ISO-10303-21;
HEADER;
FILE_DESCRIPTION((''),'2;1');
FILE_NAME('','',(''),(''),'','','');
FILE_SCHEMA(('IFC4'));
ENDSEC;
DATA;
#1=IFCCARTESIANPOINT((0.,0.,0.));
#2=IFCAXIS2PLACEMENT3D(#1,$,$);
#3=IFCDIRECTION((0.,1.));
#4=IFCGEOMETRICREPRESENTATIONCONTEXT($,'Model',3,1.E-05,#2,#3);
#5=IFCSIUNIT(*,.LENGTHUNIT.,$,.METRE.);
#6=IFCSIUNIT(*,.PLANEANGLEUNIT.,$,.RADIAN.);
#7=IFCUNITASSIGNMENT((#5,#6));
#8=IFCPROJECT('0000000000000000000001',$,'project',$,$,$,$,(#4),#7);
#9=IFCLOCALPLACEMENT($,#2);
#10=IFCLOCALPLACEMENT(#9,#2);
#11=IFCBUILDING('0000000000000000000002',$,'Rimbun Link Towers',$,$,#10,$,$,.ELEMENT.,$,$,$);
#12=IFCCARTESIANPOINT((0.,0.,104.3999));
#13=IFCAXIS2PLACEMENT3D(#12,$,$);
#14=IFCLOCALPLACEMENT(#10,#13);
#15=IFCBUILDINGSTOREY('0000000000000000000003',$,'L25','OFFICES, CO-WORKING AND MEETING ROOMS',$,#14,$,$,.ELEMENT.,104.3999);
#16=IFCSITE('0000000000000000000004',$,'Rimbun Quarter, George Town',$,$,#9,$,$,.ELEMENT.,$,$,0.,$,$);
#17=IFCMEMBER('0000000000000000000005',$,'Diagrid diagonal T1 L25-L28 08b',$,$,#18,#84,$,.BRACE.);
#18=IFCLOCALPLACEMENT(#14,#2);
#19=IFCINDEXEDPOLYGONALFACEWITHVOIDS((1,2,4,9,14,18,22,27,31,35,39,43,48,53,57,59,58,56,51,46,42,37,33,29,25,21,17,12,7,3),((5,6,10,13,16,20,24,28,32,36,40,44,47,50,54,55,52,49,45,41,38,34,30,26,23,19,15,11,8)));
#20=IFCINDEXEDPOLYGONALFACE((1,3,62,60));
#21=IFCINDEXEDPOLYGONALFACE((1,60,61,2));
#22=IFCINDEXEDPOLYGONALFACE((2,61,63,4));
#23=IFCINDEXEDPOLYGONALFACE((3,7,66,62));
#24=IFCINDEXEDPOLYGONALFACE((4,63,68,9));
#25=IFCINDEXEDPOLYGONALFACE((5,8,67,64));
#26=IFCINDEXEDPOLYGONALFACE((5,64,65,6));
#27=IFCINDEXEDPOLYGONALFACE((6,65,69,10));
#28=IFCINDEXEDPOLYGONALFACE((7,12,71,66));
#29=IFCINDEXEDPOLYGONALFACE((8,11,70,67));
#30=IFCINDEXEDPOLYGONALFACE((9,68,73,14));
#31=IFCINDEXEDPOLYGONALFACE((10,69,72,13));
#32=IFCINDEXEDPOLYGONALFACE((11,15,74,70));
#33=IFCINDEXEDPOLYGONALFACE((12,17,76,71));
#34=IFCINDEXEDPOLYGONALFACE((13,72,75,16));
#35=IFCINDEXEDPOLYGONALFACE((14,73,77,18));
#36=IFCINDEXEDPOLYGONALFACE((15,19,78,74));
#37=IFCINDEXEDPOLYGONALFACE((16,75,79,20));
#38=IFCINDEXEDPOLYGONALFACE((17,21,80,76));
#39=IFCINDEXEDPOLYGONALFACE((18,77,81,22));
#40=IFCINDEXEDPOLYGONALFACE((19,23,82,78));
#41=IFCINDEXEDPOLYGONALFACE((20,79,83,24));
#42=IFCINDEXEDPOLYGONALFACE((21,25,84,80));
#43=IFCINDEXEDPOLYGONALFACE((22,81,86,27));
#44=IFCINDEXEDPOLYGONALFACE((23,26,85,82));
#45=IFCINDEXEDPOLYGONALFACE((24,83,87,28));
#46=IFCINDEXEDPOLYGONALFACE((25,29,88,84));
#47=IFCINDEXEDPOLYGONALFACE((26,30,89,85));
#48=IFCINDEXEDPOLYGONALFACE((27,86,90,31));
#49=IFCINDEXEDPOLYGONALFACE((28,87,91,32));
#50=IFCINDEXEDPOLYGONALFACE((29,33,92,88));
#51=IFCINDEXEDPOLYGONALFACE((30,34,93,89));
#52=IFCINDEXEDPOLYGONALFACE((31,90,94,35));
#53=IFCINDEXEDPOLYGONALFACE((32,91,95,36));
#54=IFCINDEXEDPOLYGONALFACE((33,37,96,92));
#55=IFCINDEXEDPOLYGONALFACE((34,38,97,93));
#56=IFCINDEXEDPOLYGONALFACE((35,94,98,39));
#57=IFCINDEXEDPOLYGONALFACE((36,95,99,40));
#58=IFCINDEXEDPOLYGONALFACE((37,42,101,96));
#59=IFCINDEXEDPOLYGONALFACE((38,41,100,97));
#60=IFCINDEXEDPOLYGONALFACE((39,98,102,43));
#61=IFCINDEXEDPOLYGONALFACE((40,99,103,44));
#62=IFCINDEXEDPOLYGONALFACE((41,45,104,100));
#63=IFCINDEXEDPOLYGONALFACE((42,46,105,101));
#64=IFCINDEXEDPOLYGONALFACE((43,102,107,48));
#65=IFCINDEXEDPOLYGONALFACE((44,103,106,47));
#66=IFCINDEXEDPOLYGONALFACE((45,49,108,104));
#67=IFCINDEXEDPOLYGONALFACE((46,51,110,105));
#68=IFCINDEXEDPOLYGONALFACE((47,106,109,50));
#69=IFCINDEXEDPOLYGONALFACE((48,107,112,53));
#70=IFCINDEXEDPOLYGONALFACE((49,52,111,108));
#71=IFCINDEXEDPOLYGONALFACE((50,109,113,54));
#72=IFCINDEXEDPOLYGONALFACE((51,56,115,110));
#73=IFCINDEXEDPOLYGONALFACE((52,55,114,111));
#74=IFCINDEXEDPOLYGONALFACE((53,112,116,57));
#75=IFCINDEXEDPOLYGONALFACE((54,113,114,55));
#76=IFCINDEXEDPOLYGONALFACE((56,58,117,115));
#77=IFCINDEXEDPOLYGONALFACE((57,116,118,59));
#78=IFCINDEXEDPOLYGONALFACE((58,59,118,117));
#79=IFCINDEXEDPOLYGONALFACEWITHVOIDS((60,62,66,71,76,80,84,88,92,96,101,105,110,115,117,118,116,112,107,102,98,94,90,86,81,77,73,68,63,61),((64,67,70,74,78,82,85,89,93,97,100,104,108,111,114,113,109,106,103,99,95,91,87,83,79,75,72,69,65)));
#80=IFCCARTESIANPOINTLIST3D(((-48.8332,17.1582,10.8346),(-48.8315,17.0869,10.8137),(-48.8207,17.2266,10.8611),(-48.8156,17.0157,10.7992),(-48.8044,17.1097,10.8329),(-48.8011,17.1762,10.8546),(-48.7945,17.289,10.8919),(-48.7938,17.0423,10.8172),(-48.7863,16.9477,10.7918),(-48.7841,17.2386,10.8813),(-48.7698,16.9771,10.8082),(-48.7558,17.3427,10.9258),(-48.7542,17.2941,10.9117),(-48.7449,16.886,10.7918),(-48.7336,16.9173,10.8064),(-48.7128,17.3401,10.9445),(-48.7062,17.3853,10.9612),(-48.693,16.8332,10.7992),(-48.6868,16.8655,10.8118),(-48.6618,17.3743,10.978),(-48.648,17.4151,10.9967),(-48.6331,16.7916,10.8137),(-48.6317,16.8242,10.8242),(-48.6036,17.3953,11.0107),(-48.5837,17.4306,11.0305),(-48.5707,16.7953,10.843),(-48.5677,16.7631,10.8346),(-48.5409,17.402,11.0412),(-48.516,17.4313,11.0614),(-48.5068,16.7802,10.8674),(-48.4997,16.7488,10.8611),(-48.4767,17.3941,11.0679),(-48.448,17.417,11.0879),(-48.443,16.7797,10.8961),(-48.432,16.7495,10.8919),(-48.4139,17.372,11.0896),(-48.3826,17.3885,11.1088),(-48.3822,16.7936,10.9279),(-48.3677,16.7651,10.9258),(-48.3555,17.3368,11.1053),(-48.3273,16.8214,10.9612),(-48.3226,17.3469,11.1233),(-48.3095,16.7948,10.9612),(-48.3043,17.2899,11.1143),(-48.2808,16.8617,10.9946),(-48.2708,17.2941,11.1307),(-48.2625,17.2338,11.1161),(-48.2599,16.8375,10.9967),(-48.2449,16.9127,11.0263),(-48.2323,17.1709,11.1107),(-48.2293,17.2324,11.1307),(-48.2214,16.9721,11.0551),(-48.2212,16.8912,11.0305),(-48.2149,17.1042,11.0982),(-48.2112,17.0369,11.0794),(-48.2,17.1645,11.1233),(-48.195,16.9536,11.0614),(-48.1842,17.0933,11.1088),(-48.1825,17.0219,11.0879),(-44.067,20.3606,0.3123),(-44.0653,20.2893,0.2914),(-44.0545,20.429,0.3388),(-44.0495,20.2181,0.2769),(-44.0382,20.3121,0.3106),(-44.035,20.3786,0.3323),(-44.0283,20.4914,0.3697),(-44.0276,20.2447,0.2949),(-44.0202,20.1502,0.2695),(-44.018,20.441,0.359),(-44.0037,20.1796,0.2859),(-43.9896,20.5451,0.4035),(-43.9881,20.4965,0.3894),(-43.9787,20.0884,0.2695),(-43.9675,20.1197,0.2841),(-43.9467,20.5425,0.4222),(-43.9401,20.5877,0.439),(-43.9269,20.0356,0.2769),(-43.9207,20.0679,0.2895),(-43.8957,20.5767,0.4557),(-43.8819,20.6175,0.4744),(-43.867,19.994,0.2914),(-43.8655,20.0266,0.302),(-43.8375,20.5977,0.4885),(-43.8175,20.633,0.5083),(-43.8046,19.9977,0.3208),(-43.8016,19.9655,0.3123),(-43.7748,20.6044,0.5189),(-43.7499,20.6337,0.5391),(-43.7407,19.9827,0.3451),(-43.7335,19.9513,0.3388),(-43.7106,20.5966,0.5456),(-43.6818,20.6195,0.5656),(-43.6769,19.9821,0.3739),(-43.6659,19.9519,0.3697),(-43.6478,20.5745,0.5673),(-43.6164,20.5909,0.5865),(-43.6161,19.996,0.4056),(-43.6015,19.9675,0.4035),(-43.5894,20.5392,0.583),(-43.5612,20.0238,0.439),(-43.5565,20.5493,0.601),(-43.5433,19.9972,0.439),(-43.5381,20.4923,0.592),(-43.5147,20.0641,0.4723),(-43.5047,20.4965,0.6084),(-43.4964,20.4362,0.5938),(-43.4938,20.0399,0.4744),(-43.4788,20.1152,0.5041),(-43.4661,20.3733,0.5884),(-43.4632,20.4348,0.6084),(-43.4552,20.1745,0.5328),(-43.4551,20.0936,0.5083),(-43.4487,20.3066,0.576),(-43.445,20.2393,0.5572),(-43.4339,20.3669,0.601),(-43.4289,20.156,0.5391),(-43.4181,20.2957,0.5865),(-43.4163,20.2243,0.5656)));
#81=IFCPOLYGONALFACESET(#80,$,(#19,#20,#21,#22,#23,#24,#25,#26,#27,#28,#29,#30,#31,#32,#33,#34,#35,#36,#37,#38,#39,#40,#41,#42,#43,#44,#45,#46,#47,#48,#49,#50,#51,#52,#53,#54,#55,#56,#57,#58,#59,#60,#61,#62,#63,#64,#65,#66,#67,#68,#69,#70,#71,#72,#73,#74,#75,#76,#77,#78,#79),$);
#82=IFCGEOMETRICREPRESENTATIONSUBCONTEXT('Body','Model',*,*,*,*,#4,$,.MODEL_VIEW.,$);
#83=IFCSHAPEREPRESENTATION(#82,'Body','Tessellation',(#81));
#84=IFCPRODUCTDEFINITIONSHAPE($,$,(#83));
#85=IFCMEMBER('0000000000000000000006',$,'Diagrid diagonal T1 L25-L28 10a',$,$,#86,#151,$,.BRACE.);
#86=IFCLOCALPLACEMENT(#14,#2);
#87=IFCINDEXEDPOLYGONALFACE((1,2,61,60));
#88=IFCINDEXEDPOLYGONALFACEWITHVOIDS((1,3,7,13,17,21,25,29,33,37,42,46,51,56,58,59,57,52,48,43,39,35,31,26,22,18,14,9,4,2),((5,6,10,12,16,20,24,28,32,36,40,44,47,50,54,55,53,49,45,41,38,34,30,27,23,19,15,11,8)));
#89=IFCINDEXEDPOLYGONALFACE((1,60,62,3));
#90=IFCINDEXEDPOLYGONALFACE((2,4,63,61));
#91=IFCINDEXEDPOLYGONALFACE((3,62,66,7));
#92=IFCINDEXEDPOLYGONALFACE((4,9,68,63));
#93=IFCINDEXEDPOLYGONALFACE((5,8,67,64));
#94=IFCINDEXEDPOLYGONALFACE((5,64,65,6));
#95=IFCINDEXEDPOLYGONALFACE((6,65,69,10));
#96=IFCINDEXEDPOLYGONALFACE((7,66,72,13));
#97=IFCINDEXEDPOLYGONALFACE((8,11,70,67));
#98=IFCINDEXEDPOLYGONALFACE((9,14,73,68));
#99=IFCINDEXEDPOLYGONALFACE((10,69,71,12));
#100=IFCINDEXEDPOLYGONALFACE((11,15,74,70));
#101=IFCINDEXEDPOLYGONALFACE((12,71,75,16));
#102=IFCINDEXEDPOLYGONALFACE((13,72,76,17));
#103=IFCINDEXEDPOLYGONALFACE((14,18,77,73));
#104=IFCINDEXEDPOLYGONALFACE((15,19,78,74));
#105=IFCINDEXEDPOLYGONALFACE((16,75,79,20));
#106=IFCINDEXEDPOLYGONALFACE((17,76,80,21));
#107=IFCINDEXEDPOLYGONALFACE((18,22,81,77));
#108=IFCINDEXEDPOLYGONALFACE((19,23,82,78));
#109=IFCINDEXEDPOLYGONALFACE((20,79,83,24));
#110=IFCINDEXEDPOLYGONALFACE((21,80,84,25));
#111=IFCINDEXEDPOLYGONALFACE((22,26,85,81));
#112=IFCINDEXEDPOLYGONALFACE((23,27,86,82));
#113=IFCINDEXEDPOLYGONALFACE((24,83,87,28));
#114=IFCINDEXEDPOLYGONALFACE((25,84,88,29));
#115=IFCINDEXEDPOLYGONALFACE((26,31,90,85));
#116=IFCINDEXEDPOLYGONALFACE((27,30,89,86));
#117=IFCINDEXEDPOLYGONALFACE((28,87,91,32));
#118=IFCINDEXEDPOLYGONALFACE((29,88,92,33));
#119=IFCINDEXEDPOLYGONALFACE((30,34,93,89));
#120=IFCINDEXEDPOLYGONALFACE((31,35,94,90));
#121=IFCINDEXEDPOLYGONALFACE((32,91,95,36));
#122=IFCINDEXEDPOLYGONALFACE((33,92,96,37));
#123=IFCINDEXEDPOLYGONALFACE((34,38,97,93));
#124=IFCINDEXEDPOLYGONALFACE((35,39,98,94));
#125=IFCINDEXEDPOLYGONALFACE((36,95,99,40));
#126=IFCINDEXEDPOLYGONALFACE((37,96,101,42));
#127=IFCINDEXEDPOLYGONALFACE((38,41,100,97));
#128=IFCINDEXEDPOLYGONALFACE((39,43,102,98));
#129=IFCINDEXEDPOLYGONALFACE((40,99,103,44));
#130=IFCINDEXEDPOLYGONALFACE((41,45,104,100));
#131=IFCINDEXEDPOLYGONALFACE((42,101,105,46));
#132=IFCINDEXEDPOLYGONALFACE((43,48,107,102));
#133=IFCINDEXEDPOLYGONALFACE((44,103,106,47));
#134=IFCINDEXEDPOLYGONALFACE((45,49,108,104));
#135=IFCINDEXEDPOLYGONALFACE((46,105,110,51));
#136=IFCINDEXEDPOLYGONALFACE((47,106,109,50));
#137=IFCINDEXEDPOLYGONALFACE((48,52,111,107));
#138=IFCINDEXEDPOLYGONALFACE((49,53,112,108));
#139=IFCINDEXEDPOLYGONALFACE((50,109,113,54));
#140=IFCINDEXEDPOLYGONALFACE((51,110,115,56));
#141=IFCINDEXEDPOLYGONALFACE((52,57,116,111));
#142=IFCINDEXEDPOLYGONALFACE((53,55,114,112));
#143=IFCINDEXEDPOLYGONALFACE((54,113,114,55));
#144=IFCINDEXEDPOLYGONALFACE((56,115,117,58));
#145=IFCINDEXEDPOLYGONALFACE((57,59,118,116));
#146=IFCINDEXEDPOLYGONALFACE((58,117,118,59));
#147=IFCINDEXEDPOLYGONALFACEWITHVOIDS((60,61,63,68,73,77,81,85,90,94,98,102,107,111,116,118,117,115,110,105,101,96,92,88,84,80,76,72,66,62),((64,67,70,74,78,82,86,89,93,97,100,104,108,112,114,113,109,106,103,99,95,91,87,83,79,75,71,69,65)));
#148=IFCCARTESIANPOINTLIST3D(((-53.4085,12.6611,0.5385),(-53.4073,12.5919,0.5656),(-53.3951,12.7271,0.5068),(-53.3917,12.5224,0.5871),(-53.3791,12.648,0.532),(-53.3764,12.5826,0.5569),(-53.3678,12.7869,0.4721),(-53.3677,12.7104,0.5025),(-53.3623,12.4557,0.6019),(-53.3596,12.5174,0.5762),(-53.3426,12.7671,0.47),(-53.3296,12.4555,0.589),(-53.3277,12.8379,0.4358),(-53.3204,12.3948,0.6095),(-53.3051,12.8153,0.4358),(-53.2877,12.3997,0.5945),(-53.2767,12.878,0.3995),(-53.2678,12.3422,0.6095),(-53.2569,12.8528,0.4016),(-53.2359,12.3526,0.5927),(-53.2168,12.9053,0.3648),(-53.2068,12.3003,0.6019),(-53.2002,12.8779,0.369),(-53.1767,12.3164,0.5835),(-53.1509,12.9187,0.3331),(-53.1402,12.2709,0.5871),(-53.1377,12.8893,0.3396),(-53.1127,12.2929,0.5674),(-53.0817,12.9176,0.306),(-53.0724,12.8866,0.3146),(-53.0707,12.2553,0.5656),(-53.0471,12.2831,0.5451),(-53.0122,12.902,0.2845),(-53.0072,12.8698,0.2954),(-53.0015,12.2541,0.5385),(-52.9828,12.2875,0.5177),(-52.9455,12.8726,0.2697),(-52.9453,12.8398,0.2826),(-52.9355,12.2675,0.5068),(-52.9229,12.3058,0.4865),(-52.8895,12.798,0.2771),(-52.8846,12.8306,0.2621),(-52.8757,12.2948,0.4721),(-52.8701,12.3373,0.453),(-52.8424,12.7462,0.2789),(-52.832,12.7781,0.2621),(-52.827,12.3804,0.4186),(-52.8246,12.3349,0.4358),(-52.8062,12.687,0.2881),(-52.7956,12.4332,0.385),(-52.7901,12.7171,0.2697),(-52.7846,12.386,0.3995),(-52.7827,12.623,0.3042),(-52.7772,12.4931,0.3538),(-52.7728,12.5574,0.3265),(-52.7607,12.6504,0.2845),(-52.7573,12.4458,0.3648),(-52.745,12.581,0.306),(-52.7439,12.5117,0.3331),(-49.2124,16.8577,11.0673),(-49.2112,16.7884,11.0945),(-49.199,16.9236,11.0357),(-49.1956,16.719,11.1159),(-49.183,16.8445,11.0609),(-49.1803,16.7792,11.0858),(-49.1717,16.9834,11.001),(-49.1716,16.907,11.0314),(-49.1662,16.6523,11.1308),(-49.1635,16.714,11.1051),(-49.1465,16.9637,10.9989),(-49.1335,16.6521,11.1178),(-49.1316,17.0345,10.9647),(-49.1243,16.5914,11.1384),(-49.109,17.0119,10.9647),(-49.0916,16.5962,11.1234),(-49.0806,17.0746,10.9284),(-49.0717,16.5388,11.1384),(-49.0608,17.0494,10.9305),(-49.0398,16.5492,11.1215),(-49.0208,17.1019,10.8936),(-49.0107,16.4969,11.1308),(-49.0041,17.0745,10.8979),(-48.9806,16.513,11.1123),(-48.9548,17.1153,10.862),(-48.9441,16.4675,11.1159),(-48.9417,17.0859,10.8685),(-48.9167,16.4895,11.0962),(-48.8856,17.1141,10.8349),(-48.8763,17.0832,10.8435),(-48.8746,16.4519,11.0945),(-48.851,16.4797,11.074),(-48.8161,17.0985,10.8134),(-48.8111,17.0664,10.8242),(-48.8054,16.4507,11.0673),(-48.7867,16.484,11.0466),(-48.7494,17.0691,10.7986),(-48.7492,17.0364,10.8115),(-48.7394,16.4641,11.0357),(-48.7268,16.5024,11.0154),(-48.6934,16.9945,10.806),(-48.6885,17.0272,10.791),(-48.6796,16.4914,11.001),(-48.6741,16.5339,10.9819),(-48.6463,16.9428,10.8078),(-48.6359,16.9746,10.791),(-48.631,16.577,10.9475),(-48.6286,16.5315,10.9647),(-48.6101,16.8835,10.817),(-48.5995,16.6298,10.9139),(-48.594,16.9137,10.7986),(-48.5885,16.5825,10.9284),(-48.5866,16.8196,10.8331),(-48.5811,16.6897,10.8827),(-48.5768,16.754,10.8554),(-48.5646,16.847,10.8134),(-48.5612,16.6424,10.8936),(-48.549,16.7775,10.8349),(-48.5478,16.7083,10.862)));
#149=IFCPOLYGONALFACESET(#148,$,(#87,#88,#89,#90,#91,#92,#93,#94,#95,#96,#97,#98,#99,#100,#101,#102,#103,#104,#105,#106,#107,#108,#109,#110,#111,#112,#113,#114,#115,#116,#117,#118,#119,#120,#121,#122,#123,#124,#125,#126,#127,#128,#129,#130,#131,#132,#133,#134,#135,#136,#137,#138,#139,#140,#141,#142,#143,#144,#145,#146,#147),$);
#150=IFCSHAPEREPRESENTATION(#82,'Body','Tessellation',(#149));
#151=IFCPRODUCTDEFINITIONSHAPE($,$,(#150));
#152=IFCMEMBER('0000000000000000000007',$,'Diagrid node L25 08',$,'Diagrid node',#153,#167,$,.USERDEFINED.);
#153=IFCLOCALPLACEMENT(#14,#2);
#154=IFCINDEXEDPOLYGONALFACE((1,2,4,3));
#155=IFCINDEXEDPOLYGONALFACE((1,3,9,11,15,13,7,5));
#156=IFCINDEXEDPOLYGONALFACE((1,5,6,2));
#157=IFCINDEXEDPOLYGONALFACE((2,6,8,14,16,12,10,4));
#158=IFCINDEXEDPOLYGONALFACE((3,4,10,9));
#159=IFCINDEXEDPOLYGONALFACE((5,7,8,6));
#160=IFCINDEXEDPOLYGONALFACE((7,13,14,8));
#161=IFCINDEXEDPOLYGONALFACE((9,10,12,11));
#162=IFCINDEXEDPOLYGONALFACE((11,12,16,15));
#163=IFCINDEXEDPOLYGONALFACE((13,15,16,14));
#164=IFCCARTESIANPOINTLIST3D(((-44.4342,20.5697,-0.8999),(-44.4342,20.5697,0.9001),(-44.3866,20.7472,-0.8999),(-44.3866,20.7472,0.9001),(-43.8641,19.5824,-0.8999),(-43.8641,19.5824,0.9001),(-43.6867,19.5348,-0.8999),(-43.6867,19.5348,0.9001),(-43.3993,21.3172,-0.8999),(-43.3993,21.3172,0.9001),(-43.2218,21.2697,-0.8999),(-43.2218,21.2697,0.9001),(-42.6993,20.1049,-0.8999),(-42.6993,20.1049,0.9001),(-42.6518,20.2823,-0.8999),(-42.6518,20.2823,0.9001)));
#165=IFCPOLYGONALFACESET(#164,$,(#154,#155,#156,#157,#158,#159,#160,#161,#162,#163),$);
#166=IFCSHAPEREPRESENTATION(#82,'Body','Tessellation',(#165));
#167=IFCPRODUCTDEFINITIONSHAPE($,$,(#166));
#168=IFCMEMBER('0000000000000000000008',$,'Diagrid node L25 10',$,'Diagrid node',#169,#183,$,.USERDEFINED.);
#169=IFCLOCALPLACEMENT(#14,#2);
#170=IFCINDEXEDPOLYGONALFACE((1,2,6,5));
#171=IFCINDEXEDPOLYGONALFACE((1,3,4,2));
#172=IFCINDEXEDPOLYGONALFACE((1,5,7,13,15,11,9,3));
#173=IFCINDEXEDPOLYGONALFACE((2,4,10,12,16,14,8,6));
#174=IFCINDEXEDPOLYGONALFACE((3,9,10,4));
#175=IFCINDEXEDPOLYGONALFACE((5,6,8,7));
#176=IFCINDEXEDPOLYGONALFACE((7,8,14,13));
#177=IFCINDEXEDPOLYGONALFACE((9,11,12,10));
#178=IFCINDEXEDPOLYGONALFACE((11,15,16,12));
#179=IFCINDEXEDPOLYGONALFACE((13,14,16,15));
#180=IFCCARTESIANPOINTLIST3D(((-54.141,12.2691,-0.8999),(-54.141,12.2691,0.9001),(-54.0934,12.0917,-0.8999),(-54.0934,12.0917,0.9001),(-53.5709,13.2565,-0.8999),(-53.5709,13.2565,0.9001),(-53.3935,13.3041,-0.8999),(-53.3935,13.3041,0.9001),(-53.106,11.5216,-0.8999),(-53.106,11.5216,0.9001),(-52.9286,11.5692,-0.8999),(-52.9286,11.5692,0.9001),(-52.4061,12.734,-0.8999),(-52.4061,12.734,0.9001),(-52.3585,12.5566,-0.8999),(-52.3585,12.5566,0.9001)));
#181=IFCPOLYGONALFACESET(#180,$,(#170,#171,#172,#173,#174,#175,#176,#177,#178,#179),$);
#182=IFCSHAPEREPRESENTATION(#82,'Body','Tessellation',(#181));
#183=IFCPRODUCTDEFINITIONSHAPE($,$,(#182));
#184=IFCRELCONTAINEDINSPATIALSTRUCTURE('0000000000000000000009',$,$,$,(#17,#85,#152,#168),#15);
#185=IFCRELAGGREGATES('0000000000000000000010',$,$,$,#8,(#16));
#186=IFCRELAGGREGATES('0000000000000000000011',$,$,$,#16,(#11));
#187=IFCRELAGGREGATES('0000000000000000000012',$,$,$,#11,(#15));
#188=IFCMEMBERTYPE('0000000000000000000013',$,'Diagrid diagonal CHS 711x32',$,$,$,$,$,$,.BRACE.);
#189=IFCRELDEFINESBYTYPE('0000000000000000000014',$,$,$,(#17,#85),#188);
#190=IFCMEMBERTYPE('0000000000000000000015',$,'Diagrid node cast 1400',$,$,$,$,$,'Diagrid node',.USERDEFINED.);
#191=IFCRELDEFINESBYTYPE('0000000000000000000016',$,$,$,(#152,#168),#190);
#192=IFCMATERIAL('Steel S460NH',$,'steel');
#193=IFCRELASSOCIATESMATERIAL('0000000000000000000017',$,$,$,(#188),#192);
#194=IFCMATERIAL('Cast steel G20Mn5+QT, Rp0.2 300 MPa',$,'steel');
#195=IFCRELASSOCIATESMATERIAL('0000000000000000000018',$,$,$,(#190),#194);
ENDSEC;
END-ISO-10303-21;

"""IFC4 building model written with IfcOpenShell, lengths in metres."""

from ifc_helpers import new_model, si_unit, direction, frame, origin, origin_2d, place, context, subcontext, project, spatial, polyline, hollow_circle, outline, extrude, material, material_profile, profile_set, type_object, element, save


model = new_model("IFC4")

# Units and contexts
model_context = context("Model", 3, precision=1e-05, world=origin(), true_north=direction((0.0, 1.0)))
body_context = subcontext(model_context, "Body", "Model", "MODEL_VIEW")
ifc_project = project(units=[si_unit("LENGTHUNIT", "METRE"), si_unit("PLANEANGLEUNIT", "RADIAN")], contexts=[model_context])

# Site, building, storey
site_placement = place(None, origin())
site = spatial("IfcSite", under=ifc_project, at=site_placement, Name="Rimbun Quarter, George Town", CompositionType="ELEMENT", RefElevation=0.0)
building_placement = place(site_placement, origin())
building = spatial("IfcBuilding", under=site, at=building_placement, Name="Rimbun Link Towers", CompositionType="ELEMENT")
storey_placement = place(building_placement, frame((0.0, 0.0, 104.3999)))
storey = spatial("IfcBuildingStorey", under=building, at=storey_placement, Name="L25", Description="OFFICES, CO-WORKING AND MEETING ROOMS", CompositionType="ELEMENT", Elevation=104.3999)

# Members
ifc_material_1 = material(Name="Steel S460NH", Category="steel")
ifc_material_profile_1 = material_profile(ifc_material_1, hollow_circle(Radius=0.3557, WallThickness=0.032, at=origin_2d()), Name="Diagrid diagonal CHS 711x32")
ifc_profile_set_1 = profile_set([ifc_material_profile_1], Name="Steel S460NH")
member_type_1 = type_object("IfcMemberType", Name="Diagrid diagonal CHS 711x32", PredefinedType="BRACE", material=ifc_profile_set_1)
member_1_placement = place(storey_placement, frame((-43.7417, 20.2925, 0.439), z_axis=(-0.397607, -0.267155, 0.877802), x_axis=(0.557709, -0.830037, 0.0)))
element("IfcMember", 1, at=member_1_placement, inside=storey, type_object=member_type_1, Name="Diagrid diagonal T1 L25-L28 08b", PredefinedType="BRACE", context=body_context, shape_type="SweptSolid", body=[
    extrude(hollow_circle(Radius=0.3557, WallThickness=0.032, at=origin_2d()), origin(), (0.0, 0.0, 1.0), 11.9871),
])
member_2_placement = place(storey_placement, frame((-53.0762, 12.5864, 0.4358), z_axis=(0.34718, 0.34722, 0.871151), x_axis=(-0.707148, 0.707066, 0.0)))
element("IfcMember", 2, at=member_2_placement, inside=storey, type_object=member_type_1, Name="Diagrid diagonal T1 L25-L28 10a", PredefinedType="BRACE", context=body_context, shape_type="SweptSolid", body=[
    extrude(hollow_circle(Radius=0.3557, WallThickness=0.032, at=origin_2d()), origin(), (0.0, 0.0, 1.0), 12.0862),
])
ifc_material_2 = material(Name="Cast steel G20Mn5+QT, Rp0.2 300 MPa", Category="steel")
ifc_material_profile_2 = material_profile(ifc_material_2, outline(polyline([(0.7, -0.5701), (0.7, 0.5701), (0.5701, 0.7), (-0.5701, 0.7), (-0.7, 0.5701), (-0.7, -0.5701), (-0.5701, -0.7), (0.5701, -0.7), (0.7, -0.5701)])), Name="NODE 1400x1400")
ifc_profile_set_2 = profile_set([ifc_material_profile_2], Name="Cast steel G20Mn5+QT, Rp0.2 300 MPa")
member_type_2 = type_object("IfcMemberType", Name="Diagrid node cast 1400", ElementType="Diagrid node", PredefinedType="USERDEFINED", material=ifc_profile_set_2)
for number, where, z_axis, x_axis, name in (
    (3, (-43.543, 20.426, -0.8999), (0.0, 0.0, 1.0), (-0.5, 0.866025, 0.0), "Diagrid node L25 08"),
    (4, (-53.2498, 12.4128, -0.8999), (0.0, 0.0, 1.0), (-0.866025, 0.5, 0.0), "Diagrid node L25 10"),
):
    element("IfcMember", number, at=place(storey_placement, frame(where, z_axis=z_axis, x_axis=x_axis)), inside=storey, type_object=member_type_2, Name=name, ObjectType="Diagrid node", PredefinedType="USERDEFINED", context=body_context, shape_type="SweptSolid", body=[
        extrude(outline(polyline([(0.7, -0.5701), (0.7, 0.5701), (0.5701, 0.7), (-0.5701, 0.7), (-0.7, 0.5701), (-0.7, -0.5701), (-0.5701, -0.7), (0.5701, -0.7), (0.7, -0.5701)])), origin(), (0.0, 0.0, 1.0), 1.8),
    ])

save(model, "model.ifc")
